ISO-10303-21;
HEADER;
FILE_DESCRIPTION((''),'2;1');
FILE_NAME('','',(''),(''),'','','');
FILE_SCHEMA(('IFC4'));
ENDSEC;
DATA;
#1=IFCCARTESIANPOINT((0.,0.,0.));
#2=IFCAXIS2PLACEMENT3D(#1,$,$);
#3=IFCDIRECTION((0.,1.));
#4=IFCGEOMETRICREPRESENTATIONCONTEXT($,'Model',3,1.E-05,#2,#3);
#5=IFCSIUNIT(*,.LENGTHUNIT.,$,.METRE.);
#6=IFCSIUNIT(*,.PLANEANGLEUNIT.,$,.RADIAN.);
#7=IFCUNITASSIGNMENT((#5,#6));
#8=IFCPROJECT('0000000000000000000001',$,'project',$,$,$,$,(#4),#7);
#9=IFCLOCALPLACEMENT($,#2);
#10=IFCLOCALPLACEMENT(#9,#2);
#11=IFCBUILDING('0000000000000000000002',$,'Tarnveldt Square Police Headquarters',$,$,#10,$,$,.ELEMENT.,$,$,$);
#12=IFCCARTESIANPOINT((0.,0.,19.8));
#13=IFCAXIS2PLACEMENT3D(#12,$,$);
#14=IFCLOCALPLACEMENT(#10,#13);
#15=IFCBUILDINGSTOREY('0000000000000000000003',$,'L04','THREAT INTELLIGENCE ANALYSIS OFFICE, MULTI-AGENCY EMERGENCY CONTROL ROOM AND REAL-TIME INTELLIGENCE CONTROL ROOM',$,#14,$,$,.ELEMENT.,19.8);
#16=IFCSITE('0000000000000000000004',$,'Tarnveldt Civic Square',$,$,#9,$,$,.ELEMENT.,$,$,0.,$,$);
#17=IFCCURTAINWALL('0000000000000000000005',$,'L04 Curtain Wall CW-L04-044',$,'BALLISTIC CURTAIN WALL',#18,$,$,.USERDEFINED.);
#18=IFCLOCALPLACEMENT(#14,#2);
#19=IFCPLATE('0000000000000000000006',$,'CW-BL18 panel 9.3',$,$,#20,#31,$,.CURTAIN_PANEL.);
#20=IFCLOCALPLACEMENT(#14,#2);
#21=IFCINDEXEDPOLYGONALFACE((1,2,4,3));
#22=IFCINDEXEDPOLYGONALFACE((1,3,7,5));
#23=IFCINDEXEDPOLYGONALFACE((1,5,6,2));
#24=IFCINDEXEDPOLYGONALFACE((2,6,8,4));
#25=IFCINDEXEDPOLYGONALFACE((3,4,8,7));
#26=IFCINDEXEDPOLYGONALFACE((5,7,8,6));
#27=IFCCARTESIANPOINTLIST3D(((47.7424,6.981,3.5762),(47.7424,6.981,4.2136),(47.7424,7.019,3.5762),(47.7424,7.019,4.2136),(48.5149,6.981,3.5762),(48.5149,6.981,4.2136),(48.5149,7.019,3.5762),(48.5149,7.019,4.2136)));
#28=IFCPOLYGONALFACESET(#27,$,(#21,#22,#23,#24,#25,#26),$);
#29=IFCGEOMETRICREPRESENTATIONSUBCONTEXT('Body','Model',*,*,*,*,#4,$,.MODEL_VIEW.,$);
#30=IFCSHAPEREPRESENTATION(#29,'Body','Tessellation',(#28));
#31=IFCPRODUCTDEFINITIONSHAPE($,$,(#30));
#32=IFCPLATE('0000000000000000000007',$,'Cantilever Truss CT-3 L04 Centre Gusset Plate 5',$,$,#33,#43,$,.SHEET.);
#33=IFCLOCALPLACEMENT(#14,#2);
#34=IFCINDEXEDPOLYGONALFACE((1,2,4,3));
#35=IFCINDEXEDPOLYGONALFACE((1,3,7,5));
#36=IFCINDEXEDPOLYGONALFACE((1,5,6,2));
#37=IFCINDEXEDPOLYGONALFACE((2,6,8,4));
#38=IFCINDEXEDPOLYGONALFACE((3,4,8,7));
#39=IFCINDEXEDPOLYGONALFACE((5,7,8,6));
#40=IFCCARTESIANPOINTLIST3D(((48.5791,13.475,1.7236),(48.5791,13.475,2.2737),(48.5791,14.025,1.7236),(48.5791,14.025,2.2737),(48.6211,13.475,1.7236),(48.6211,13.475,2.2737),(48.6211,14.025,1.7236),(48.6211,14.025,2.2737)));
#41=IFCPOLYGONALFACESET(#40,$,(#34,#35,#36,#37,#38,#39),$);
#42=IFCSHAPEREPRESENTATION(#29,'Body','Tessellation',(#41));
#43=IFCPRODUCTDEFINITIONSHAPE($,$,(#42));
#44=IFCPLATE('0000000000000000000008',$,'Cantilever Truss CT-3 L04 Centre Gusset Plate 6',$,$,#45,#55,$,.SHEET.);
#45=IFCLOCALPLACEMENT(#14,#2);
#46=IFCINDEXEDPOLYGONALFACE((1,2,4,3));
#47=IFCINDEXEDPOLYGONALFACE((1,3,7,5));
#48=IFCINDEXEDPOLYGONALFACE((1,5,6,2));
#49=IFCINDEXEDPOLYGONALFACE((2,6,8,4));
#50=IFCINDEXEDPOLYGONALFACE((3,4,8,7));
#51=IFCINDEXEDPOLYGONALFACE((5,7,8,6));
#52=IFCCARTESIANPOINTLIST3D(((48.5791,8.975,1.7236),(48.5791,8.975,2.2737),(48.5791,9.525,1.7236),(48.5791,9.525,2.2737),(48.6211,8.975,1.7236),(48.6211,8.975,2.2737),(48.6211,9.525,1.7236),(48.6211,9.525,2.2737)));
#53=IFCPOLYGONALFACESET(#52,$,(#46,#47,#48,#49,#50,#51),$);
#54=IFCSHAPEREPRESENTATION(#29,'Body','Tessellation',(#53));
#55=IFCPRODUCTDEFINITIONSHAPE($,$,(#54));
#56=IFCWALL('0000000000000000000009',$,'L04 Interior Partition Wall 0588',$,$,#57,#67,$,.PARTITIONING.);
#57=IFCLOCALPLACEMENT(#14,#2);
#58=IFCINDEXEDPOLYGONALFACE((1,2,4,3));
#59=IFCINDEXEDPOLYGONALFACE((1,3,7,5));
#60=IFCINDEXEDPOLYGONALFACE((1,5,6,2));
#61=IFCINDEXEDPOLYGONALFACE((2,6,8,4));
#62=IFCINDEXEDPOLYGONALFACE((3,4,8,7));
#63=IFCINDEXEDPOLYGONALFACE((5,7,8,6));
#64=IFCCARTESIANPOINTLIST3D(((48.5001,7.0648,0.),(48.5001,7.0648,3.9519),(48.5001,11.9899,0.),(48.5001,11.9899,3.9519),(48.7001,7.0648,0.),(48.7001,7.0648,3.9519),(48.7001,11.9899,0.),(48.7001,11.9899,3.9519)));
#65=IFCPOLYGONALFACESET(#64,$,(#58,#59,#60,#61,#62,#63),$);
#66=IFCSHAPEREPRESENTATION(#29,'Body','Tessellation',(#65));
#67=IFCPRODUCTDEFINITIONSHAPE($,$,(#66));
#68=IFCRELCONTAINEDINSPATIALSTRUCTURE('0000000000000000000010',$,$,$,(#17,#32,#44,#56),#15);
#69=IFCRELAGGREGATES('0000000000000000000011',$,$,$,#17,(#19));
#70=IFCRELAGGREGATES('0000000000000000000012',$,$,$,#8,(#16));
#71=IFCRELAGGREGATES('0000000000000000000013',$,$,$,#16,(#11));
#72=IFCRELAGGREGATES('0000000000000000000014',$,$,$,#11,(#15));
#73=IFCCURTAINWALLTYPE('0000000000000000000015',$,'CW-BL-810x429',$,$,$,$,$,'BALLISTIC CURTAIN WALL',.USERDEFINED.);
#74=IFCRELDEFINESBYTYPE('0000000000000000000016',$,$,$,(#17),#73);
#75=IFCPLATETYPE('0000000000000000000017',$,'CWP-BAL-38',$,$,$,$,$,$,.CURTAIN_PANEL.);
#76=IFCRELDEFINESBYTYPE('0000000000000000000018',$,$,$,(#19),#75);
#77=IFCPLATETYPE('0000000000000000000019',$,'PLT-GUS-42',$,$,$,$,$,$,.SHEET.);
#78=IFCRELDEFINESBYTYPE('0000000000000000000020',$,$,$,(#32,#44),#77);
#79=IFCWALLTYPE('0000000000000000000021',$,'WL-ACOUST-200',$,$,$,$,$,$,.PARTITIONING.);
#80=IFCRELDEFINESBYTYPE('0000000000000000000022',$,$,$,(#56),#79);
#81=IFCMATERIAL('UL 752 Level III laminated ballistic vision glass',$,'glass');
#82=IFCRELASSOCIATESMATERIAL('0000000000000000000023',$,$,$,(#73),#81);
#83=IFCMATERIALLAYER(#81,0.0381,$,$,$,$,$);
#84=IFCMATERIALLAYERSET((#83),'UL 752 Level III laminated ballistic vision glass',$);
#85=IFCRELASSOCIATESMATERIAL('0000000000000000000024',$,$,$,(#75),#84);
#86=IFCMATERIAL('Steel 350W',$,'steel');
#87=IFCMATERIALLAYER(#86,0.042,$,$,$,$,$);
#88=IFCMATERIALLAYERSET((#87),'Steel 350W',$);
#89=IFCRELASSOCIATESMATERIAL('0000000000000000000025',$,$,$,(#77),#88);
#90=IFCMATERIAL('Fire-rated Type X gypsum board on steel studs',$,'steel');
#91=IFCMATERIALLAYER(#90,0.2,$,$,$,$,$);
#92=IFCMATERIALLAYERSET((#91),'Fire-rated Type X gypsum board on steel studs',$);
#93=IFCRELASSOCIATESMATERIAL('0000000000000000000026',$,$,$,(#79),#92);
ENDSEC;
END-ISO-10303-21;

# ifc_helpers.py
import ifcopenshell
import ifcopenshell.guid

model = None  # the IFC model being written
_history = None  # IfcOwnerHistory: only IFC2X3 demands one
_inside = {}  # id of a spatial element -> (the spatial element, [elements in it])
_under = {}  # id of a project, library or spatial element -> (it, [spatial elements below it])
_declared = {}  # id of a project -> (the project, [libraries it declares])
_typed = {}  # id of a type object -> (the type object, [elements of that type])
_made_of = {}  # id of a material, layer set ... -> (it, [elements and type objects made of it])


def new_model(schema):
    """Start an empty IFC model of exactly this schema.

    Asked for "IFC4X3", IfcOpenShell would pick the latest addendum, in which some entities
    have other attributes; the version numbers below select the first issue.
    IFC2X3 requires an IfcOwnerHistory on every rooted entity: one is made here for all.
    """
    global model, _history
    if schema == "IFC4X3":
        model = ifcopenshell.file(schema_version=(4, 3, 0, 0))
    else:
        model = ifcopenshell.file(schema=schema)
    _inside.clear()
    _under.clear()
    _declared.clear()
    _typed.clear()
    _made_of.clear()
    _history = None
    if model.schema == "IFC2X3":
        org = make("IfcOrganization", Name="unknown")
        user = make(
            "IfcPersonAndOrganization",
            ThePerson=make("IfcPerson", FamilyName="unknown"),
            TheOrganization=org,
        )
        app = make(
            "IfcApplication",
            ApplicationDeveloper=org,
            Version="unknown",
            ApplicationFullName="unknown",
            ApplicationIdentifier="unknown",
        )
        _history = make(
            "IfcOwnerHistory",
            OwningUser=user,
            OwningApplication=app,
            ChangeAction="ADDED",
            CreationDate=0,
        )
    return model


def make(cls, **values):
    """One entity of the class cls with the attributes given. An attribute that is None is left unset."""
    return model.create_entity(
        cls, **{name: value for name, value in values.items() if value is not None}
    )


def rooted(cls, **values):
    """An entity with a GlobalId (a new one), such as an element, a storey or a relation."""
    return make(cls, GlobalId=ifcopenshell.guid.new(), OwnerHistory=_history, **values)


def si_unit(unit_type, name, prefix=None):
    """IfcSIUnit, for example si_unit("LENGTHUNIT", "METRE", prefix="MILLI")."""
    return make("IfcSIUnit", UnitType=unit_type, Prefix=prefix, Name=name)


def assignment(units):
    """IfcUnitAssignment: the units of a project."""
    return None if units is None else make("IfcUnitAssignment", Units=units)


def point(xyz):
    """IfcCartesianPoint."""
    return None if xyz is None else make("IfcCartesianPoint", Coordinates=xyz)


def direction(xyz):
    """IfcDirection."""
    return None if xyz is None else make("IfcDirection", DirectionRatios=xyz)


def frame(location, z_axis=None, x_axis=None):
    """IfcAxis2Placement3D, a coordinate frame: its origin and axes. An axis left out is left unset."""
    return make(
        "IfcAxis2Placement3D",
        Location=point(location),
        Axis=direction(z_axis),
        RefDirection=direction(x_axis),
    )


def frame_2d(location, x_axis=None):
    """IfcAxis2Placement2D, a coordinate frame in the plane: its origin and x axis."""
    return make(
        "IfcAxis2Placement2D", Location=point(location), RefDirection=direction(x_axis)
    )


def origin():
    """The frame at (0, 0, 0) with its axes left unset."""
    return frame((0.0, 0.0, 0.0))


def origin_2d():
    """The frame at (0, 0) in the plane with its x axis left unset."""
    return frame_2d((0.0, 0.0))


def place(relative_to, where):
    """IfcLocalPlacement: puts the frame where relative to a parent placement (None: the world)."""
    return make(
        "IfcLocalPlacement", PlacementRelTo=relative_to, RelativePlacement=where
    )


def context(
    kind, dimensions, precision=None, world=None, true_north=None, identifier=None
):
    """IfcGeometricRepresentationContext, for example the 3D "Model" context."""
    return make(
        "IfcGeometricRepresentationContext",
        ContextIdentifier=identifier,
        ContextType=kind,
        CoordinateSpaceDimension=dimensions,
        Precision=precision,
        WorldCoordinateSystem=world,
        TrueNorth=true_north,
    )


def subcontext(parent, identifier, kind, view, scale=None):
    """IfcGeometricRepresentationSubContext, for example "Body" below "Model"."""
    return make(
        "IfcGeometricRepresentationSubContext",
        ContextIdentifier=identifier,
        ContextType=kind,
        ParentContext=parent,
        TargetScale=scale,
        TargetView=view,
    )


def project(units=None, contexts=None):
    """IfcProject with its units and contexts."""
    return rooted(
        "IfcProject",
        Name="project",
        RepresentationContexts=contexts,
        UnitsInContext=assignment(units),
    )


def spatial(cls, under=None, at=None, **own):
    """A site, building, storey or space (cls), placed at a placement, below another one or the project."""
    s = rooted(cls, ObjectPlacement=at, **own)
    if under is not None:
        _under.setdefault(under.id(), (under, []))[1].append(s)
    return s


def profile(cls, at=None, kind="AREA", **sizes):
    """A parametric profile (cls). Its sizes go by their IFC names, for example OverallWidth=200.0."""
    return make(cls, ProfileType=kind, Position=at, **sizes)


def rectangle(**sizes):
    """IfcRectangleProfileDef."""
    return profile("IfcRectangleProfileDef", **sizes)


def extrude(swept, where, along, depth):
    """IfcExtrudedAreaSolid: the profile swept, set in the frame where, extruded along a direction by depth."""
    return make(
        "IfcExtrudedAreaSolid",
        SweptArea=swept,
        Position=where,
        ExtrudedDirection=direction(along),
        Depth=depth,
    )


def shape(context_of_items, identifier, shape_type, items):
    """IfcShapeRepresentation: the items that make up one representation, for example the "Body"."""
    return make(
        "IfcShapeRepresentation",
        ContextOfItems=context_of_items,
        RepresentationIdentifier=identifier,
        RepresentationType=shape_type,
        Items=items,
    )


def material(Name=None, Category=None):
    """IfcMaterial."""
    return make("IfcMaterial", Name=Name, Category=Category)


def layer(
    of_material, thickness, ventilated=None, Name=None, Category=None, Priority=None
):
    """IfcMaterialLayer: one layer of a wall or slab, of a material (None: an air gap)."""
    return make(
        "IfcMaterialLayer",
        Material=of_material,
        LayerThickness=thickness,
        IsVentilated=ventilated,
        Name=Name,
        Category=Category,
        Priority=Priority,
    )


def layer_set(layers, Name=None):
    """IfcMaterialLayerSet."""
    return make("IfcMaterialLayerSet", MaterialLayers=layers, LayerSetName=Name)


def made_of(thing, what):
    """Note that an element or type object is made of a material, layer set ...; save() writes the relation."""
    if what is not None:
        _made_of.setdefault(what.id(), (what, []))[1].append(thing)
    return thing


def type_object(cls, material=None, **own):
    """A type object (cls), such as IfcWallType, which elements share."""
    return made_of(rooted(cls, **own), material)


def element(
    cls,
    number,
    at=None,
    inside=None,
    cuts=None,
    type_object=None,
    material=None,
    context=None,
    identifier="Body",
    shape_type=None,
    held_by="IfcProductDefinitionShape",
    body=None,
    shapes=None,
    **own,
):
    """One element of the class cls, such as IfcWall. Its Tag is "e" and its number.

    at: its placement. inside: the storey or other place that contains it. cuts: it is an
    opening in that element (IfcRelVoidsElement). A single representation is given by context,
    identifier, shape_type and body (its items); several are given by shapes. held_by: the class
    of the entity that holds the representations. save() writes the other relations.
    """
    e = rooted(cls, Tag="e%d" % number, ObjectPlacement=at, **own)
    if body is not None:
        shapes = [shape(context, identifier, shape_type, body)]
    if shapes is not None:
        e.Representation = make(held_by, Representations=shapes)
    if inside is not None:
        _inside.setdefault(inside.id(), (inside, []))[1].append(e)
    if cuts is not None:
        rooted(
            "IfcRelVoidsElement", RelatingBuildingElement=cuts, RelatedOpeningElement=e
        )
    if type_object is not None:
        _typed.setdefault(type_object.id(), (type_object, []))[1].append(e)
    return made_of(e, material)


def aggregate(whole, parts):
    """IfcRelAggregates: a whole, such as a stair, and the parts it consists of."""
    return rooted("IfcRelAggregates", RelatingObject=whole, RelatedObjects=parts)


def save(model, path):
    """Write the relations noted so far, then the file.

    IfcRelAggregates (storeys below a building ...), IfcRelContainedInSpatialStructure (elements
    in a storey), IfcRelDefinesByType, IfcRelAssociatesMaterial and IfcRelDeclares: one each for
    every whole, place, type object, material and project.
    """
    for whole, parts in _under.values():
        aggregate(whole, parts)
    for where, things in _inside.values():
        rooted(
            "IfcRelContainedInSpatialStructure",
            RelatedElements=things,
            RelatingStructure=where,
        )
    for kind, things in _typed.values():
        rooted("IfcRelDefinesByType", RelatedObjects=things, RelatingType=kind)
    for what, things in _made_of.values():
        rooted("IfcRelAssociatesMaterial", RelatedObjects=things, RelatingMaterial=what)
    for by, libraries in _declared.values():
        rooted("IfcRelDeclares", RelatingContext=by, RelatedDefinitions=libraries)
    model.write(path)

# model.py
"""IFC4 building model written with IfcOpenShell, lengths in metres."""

from ifc_helpers import new_model, si_unit, direction, frame, frame_2d, origin, origin_2d, place, context, subcontext, project, spatial, rectangle, extrude, material, layer, layer_set, type_object, element, aggregate, save


model = new_model("IFC4")

# Units and contexts
model_context = context("Model", 3, precision=1e-05, world=origin(), true_north=direction((0.0, 1.0)))
body_context = subcontext(model_context, "Body", "Model", "MODEL_VIEW")
ifc_project = project(units=[si_unit("LENGTHUNIT", "METRE"), si_unit("PLANEANGLEUNIT", "RADIAN")], contexts=[model_context])

# Site, building, storey
site_placement = place(None, origin())
site = spatial("IfcSite", under=ifc_project, at=site_placement, Name="Tarnveldt Civic Square", CompositionType="ELEMENT", RefElevation=0.0)
building_placement = place(site_placement, origin())
building = spatial("IfcBuilding", under=site, at=building_placement, Name="Tarnveldt Square Police Headquarters", CompositionType="ELEMENT")
storey_placement = place(building_placement, frame((0.0, 0.0, 19.8)))
storey = spatial("IfcBuildingStorey", under=building, at=storey_placement, Name="L04", Description="THREAT INTELLIGENCE ANALYSIS OFFICE, MULTI-AGENCY EMERGENCY CONTROL ROOM AND REAL-TIME INTELLIGENCE CONTROL ROOM", CompositionType="ELEMENT", Elevation=19.8)

# Shared definitions
ifc_material_1 = material(Name="Steel 350W", Category="steel")

# Curtain wall
ifc_material_2 = material(Name="UL 752 Level III laminated ballistic vision glass", Category="glass")
curtain_wall_type_1 = type_object("IfcCurtainWallType", Name="CW-BL-810x429", ElementType="BALLISTIC CURTAIN WALL", PredefinedType="USERDEFINED", material=ifc_material_2)
curtain_wall_1_placement = place(storey_placement, origin())
curtain_wall_1 = element("IfcCurtainWall", 1, at=curtain_wall_1_placement, inside=storey, type_object=curtain_wall_type_1, Name="L04 Curtain Wall CW-L04-044", ObjectType="BALLISTIC CURTAIN WALL", PredefinedType="USERDEFINED")

# Plate
ifc_layer_1 = layer(ifc_material_2, 0.0381)
ifc_layer_set_1 = layer_set([ifc_layer_1], Name="UL 752 Level III laminated ballistic vision glass")
plate_type_1 = type_object("IfcPlateType", Name="CWP-BAL-38", PredefinedType="CURTAIN_PANEL", material=ifc_layer_set_1)
plate_1_placement = place(storey_placement, frame((48.1287, 7.0, 3.5762), z_axis=(0.0, 0.0, 1.0), x_axis=(1.0, 0.0, 0.0)))
plate_1 = element("IfcPlate", 2, at=plate_1_placement, type_object=plate_type_1, Name="CW-BL18 panel 9.3", PredefinedType="CURTAIN_PANEL", context=body_context, shape_type="SweptSolid", body=[
    extrude(rectangle(XDim=0.7725, YDim=0.0381, at=origin_2d()), origin(), (0.0, 0.0, 1.0), 0.6375),
])
aggregate(curtain_wall_1, [plate_1])

# Plates
ifc_layer_2 = layer(ifc_material_1, 0.042)
ifc_layer_set_2 = layer_set([ifc_layer_2], Name="Steel 350W")
plate_type_2 = type_object("IfcPlateType", Name="PLT-GUS-42", PredefinedType="SHEET", material=ifc_layer_set_2)
for number, where, z_axis, x_axis, name in (
    (3, (48.6001, 13.75, 1.7236), (0.0, 0.0, 1.0), (1.0, 0.0, 0.0), "Cantilever Truss CT-3 L04 Centre Gusset Plate 5"),
    (4, (48.6001, 9.25, 1.7236), (0.0, 0.0, 1.0), (1.0, 0.0, 0.0), "Cantilever Truss CT-3 L04 Centre Gusset Plate 6"),
):
    element("IfcPlate", number, at=place(storey_placement, frame(where, z_axis=z_axis, x_axis=x_axis)), inside=storey, type_object=plate_type_2, Name=name, PredefinedType="SHEET", context=body_context, shape_type="SweptSolid", body=[
        extrude(rectangle(XDim=0.042, YDim=0.55, at=origin_2d()), origin(), (0.0, 0.0, 1.0), 0.55),
    ])

# Wall
ifc_material_3 = material(Name="Fire-rated Type X gypsum board on steel studs", Category="steel")
ifc_layer_3 = layer(ifc_material_3, 0.2)
ifc_layer_set_3 = layer_set([ifc_layer_3], Name="Fire-rated Type X gypsum board on steel studs")
wall_type = type_object("IfcWallType", Name="WL-ACOUST-200", PredefinedType="PARTITIONING", material=ifc_layer_set_3)
wall_placement = place(storey_placement, frame((48.6001, 7.0649, 0.0), z_axis=(0.0, 0.0, 1.0), x_axis=(0.0, 1.0, 0.0)))
element("IfcWall", 5, at=wall_placement, inside=storey, type_object=wall_type, Name="L04 Interior Partition Wall 0588", PredefinedType="PARTITIONING", context=body_context, shape_type="SweptSolid", body=[
    extrude(rectangle(XDim=4.925, YDim=0.2, at=frame_2d((2.4624, 0.0))), origin(), (0.0, 0.0, 1.0), 3.9519),
])

save(model, "model.ifc")
